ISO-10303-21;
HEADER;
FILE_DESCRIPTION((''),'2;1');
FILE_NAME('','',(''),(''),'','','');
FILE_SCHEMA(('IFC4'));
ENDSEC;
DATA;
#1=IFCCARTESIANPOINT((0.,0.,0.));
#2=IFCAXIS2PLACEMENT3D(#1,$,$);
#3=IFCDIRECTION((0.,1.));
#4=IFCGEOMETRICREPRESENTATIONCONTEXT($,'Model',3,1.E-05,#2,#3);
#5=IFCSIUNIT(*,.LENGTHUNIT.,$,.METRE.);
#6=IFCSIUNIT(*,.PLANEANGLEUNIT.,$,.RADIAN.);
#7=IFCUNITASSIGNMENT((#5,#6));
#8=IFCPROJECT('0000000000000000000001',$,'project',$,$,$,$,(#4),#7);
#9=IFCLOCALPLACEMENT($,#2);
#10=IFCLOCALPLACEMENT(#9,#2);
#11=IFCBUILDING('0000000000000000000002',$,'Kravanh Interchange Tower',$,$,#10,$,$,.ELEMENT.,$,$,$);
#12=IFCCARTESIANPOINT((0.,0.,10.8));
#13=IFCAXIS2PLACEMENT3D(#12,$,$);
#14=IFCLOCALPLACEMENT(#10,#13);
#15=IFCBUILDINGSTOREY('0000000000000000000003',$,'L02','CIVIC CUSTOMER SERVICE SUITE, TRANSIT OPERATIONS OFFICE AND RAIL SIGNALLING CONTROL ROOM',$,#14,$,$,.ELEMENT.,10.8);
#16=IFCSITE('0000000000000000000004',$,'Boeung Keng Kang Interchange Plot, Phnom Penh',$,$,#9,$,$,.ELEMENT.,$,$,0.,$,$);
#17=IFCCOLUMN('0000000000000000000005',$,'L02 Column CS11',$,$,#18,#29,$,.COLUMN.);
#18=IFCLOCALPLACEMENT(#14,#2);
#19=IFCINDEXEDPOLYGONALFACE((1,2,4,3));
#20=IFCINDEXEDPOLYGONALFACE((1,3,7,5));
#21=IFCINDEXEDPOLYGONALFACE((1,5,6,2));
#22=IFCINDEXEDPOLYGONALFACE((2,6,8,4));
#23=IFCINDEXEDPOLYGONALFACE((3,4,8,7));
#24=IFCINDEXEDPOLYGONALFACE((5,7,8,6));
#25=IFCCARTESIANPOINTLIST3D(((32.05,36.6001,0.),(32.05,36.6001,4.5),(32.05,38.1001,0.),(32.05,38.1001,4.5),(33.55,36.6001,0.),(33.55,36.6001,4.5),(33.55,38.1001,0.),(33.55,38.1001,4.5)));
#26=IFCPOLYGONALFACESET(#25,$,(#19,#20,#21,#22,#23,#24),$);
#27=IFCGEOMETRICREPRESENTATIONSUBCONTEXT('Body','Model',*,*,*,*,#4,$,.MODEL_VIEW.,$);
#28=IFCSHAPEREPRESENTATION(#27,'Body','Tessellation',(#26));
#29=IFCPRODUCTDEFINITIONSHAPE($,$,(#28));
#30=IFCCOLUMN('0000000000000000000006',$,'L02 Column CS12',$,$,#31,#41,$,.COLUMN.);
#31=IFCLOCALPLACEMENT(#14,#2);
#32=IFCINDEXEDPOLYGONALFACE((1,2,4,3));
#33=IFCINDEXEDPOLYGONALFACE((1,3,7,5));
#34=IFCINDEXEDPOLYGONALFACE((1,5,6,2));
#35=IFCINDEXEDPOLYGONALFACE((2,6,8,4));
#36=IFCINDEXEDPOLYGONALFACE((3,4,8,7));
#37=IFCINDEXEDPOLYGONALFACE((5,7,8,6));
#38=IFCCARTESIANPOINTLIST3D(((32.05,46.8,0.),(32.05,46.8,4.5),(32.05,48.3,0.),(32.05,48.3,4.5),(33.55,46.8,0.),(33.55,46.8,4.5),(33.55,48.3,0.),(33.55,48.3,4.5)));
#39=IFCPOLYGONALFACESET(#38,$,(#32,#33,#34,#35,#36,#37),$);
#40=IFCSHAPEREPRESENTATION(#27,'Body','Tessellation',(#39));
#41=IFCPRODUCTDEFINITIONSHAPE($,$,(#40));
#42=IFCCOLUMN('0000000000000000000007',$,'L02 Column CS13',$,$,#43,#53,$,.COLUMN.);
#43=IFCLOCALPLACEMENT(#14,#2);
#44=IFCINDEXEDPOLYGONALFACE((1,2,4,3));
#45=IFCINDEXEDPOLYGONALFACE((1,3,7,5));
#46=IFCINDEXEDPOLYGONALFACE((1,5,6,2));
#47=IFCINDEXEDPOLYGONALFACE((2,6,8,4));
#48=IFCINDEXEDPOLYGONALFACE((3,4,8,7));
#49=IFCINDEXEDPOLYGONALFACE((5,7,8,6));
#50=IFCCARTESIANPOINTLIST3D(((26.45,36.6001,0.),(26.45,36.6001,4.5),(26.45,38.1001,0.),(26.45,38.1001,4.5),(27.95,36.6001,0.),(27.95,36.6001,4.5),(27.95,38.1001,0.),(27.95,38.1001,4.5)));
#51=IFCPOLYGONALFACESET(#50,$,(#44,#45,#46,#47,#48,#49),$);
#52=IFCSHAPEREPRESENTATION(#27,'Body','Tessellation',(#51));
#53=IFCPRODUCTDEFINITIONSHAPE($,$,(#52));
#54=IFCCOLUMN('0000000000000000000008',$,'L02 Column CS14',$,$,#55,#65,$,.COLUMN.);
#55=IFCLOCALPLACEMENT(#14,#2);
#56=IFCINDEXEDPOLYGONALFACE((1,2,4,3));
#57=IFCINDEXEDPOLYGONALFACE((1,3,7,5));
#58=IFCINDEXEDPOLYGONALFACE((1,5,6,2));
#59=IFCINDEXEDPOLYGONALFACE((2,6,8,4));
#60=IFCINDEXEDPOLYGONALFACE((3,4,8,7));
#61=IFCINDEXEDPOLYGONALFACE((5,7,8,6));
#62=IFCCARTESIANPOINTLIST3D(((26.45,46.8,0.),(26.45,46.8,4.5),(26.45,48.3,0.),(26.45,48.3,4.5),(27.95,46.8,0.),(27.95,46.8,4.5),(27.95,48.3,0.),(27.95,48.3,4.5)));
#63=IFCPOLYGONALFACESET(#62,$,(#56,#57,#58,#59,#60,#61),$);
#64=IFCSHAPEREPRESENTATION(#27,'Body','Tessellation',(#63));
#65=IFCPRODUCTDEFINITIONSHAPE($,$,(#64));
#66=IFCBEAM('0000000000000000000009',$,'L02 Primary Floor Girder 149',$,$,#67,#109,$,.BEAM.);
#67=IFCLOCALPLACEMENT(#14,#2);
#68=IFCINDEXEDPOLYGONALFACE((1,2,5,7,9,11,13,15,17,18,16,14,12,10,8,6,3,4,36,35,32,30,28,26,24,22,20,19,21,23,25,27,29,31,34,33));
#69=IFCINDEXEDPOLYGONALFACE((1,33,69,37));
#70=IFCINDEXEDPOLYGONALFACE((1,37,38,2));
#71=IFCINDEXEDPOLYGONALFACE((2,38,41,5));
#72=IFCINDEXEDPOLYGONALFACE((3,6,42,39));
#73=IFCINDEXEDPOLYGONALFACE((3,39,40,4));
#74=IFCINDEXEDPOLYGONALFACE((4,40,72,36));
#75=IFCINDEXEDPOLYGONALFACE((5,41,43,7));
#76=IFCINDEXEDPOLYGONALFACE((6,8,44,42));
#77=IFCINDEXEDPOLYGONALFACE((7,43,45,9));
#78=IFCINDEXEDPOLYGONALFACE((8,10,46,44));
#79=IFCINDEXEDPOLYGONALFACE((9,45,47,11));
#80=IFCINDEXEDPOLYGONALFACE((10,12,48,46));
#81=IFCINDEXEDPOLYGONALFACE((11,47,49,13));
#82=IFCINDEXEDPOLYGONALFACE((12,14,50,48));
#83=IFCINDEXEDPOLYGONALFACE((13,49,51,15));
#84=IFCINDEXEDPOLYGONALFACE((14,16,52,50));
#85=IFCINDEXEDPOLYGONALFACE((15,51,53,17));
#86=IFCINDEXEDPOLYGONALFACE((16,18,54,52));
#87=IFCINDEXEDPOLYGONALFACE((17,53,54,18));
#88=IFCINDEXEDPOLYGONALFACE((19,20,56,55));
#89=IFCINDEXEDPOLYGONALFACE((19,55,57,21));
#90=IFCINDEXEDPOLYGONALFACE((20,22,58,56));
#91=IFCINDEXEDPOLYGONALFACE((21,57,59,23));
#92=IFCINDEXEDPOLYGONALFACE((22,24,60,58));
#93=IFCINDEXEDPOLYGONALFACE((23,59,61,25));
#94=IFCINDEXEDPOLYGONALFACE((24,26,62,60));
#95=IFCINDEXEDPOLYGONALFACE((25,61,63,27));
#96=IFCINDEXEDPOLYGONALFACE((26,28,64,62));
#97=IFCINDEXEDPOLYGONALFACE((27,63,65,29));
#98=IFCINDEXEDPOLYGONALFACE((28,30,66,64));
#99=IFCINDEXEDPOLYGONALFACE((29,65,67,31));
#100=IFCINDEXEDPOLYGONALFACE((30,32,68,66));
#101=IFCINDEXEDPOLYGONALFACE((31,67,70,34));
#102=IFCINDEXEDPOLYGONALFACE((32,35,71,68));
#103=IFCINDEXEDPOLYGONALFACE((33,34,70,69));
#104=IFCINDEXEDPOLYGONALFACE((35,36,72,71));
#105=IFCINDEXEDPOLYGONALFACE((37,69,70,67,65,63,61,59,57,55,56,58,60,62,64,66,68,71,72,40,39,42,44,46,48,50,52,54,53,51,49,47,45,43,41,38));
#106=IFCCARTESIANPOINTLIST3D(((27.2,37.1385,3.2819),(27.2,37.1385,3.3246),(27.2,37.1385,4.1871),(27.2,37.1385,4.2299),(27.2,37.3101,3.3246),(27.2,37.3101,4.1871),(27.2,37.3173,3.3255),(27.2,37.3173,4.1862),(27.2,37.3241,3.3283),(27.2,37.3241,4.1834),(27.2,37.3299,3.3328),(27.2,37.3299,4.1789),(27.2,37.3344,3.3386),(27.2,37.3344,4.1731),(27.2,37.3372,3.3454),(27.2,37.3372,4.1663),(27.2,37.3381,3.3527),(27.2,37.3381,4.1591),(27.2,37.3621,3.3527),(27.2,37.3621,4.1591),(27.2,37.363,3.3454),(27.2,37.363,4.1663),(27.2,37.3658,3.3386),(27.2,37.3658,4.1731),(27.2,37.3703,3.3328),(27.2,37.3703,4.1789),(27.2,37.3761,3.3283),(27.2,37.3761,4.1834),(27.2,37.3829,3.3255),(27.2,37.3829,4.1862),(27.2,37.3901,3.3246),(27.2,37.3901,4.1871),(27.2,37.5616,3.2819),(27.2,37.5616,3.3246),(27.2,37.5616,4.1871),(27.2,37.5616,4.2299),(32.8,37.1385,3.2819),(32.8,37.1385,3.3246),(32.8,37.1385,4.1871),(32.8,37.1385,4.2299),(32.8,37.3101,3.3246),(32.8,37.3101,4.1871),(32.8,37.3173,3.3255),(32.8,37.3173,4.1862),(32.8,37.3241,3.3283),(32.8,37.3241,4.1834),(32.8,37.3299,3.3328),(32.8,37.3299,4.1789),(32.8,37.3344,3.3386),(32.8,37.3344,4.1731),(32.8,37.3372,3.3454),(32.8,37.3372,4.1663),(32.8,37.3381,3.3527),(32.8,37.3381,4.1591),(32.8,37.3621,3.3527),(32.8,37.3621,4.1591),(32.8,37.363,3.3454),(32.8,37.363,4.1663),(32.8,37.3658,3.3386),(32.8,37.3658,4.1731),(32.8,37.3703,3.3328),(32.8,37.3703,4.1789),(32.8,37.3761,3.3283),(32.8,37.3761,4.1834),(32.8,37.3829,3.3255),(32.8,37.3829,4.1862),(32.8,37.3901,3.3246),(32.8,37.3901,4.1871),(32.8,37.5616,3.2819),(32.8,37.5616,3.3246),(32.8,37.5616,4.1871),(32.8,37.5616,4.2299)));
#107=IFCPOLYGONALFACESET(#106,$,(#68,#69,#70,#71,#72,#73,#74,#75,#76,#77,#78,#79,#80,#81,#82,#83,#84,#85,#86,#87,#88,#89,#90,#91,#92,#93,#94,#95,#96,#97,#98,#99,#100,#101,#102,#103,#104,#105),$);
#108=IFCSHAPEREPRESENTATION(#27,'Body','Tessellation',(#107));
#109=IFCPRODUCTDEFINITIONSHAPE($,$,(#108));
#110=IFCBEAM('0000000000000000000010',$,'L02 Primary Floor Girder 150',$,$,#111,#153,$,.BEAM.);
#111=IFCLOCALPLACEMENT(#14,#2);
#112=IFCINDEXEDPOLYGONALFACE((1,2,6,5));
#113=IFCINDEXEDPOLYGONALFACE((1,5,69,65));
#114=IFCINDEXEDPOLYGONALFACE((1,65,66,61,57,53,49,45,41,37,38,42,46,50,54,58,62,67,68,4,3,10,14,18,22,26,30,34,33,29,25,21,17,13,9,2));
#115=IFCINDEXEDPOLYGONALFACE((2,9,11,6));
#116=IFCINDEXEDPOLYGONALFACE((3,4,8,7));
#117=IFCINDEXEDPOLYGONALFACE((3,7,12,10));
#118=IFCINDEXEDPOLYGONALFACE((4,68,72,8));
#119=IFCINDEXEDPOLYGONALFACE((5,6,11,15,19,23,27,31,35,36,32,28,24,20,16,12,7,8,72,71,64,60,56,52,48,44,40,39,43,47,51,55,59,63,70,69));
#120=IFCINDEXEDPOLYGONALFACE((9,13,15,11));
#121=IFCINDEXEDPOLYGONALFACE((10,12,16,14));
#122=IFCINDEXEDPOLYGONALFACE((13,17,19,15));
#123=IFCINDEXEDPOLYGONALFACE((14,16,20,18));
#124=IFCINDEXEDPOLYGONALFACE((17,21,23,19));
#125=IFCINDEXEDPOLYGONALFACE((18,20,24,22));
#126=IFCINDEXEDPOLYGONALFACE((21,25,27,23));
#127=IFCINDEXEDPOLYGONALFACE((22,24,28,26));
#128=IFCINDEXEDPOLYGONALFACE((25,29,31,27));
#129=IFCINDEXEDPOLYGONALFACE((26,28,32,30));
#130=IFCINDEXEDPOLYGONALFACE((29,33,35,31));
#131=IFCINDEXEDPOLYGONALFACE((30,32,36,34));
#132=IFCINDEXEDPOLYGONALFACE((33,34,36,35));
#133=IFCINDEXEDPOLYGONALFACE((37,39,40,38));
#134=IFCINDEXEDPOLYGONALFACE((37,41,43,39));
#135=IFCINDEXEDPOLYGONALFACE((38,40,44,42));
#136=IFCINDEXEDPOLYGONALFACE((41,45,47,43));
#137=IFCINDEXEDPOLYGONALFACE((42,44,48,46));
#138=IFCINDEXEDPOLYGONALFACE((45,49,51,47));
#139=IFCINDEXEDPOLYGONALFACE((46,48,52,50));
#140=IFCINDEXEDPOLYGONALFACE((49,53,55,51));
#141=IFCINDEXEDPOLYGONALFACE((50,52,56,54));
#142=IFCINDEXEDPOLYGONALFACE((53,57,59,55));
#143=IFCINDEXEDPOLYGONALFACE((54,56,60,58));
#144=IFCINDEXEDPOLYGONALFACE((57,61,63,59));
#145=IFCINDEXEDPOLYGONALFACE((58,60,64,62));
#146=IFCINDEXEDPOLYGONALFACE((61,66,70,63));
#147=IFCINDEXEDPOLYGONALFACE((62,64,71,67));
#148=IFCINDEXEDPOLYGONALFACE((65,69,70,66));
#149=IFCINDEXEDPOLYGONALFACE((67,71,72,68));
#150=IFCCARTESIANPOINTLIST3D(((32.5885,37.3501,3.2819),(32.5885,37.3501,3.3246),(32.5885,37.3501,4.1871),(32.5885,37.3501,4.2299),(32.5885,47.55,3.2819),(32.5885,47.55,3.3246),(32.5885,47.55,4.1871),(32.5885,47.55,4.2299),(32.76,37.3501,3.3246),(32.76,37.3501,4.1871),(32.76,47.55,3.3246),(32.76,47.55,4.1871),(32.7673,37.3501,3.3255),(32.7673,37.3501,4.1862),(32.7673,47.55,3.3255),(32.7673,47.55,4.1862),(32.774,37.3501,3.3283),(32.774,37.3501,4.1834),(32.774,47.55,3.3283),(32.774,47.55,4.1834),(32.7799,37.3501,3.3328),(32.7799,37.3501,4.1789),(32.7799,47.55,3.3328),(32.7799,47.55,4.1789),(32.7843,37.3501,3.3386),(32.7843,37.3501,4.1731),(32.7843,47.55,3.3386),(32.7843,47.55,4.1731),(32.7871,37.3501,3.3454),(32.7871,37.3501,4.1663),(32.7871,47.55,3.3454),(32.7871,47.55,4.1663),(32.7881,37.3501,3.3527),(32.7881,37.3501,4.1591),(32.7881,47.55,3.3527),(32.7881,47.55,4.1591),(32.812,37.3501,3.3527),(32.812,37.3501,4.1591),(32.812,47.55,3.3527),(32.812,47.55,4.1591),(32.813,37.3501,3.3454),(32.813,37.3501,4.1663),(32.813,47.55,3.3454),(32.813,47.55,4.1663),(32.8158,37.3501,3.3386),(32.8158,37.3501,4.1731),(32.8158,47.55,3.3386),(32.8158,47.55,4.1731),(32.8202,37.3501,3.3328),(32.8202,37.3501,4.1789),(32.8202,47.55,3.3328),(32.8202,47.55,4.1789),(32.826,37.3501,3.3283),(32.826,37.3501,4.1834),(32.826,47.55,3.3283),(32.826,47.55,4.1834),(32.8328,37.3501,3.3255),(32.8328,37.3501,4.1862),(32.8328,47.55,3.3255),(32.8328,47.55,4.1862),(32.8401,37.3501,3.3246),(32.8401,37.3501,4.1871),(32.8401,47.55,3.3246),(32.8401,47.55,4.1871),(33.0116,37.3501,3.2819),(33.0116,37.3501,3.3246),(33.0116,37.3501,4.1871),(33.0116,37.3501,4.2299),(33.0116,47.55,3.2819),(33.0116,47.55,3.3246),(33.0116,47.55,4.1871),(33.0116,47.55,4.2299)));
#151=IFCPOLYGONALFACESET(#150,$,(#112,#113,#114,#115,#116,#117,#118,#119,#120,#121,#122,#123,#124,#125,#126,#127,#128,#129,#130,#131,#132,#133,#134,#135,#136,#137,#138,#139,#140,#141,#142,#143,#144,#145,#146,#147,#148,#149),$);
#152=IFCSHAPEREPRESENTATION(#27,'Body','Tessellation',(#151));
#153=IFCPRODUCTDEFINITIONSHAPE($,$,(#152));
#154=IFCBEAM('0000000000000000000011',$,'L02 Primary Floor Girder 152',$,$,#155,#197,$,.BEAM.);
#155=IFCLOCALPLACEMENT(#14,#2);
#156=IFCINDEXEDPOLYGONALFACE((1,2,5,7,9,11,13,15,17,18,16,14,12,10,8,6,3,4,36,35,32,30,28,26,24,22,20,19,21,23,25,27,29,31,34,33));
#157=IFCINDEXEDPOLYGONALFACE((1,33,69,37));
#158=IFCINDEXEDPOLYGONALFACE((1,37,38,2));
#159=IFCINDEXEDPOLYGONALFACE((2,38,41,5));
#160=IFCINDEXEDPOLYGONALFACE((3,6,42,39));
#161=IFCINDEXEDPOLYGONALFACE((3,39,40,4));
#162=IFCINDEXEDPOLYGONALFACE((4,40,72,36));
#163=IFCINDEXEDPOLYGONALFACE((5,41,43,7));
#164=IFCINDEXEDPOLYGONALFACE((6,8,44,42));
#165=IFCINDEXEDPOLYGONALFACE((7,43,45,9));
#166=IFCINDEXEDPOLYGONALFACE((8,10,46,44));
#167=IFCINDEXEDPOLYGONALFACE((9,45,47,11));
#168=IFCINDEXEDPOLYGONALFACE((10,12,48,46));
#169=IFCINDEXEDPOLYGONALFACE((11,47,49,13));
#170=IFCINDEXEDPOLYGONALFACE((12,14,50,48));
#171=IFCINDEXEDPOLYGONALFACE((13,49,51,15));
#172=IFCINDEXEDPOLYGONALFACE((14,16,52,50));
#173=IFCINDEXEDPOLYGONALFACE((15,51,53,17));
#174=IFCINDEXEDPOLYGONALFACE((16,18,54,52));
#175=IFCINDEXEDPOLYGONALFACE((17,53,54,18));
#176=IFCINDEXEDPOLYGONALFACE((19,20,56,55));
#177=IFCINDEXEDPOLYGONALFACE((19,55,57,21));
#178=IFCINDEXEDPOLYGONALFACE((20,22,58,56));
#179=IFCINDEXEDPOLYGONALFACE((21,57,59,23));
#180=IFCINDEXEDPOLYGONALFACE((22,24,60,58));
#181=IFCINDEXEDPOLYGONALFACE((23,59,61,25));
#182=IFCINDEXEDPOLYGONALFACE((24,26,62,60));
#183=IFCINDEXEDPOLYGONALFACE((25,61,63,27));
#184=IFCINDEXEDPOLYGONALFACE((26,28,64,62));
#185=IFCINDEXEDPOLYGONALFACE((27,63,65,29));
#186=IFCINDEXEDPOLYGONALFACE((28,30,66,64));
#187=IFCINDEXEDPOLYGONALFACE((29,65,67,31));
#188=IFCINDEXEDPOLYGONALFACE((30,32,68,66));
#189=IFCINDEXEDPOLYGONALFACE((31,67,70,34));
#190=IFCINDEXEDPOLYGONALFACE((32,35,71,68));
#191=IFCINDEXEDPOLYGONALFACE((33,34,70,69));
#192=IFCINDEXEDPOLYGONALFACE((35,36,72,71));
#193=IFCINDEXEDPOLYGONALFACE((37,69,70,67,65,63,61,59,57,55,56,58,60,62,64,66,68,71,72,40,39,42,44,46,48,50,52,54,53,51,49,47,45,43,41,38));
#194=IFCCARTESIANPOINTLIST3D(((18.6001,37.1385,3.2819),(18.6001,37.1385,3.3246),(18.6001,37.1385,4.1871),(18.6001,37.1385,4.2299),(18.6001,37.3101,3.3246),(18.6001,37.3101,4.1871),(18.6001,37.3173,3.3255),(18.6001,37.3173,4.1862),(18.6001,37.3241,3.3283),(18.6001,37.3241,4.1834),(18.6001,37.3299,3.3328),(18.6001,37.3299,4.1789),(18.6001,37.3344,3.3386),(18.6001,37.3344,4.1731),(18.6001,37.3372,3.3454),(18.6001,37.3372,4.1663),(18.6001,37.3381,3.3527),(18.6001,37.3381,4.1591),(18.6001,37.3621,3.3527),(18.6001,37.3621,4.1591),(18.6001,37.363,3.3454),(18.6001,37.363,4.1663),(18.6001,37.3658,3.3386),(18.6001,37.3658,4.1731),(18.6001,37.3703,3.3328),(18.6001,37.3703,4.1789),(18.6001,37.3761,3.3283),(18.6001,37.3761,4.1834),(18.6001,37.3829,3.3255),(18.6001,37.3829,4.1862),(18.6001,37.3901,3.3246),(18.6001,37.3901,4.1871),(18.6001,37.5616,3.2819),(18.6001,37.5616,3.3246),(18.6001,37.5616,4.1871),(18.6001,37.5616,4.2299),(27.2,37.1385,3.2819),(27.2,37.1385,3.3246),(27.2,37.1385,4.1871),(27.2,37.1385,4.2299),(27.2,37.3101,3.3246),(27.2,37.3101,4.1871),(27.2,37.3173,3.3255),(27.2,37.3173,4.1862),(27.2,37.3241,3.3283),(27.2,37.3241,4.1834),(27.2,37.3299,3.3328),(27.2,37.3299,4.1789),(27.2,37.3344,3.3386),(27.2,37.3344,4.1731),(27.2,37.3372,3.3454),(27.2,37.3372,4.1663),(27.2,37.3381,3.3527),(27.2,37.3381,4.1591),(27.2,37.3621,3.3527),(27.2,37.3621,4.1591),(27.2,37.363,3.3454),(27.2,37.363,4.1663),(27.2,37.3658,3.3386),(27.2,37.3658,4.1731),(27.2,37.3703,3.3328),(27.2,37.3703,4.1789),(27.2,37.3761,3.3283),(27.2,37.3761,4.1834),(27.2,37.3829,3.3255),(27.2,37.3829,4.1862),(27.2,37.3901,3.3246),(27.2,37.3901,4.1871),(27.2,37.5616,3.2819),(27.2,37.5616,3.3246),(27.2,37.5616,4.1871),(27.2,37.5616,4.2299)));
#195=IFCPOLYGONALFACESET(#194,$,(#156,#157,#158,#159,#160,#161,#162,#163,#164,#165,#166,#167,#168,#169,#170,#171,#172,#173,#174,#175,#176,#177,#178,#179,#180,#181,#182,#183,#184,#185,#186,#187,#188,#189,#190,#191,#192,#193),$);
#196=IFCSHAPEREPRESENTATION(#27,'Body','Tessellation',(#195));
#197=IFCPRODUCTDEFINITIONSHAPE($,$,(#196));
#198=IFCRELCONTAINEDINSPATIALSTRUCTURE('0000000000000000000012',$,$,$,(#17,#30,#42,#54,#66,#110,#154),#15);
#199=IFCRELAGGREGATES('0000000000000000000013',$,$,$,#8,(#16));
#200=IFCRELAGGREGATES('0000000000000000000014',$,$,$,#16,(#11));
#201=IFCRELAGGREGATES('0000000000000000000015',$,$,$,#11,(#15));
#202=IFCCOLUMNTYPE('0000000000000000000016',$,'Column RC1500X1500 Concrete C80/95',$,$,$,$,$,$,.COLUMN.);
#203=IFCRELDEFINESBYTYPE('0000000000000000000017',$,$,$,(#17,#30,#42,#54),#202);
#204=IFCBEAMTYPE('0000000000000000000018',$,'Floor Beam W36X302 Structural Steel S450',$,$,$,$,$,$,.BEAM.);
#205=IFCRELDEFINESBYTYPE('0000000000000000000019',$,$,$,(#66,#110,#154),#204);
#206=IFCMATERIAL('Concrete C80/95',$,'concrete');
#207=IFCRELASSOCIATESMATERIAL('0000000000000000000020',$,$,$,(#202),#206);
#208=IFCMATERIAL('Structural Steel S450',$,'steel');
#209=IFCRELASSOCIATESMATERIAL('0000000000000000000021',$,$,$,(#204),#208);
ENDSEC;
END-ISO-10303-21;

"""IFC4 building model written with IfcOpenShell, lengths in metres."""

from ifc_helpers import new_model, si_unit, direction, frame, origin, origin_2d, place, context, subcontext, project, spatial, rectangle, i_section, extrude, material, material_profile, profile_set, type_object, element, save


model = new_model("IFC4")

# Units and contexts
model_context = context("Model", 3, precision=1e-05, world=origin(), true_north=direction((0.0, 1.0)))
body_context = subcontext(model_context, "Body", "Model", "MODEL_VIEW")
ifc_project = project(units=[si_unit("LENGTHUNIT", "METRE"), si_unit("PLANEANGLEUNIT", "RADIAN")], contexts=[model_context])

# Site, building, storey
site_placement = place(None, origin())
site = spatial("IfcSite", under=ifc_project, at=site_placement, Name="Boeung Keng Kang Interchange Plot, Phnom Penh", CompositionType="ELEMENT", RefElevation=0.0)
building_placement = place(site_placement, origin())
building = spatial("IfcBuilding", under=site, at=building_placement, Name="Kravanh Interchange Tower", CompositionType="ELEMENT")
storey_placement = place(building_placement, frame((0.0, 0.0, 10.8)))
storey = spatial("IfcBuildingStorey", under=building, at=storey_placement, Name="L02", Description="CIVIC CUSTOMER SERVICE SUITE, TRANSIT OPERATIONS OFFICE AND RAIL SIGNALLING CONTROL ROOM", CompositionType="ELEMENT", Elevation=10.8)

# Columns
ifc_material_1 = material(Name="Concrete C80/95", Category="concrete")
ifc_material_profile_1 = material_profile(ifc_material_1, rectangle(XDim=1.5, YDim=1.5, at=origin_2d()), Name="RC1500X1500")
ifc_profile_set_1 = profile_set([ifc_material_profile_1], Name="Concrete C80/95")
column_type = type_object("IfcColumnType", Name="Column RC1500X1500 Concrete C80/95", PredefinedType="COLUMN", material=ifc_profile_set_1)
for number, where, z_axis, x_axis, name in (
    (1, (32.8, 37.3501, 0.0), (0.0, 0.0, 1.0), (1.0, 0.0, 0.0), "L02 Column CS11"),
    (2, (32.8, 47.55, 0.0), (0.0, 0.0, 1.0), (1.0, 0.0, 0.0), "L02 Column CS12"),
    (3, (27.2, 37.3501, 0.0), (0.0, 0.0, 1.0), (1.0, 0.0, 0.0), "L02 Column CS13"),
    (4, (27.2, 47.55, 0.0), (0.0, 0.0, 1.0), (1.0, 0.0, 0.0), "L02 Column CS14"),
):
    element("IfcColumn", number, at=place(storey_placement, frame(where, z_axis=z_axis, x_axis=x_axis)), inside=storey, type_object=column_type, Name=name, PredefinedType="COLUMN", context=body_context, shape_type="SweptSolid", body=[
        extrude(rectangle(XDim=1.5, YDim=1.5, at=origin_2d()), origin(), (0.0, 0.0, 1.0), 4.5),
    ])

# Beams
ifc_material_2 = material(Name="Structural Steel S450", Category="steel")
ifc_material_profile_2 = material_profile(ifc_material_2, i_section(OverallWidth=0.4231, OverallDepth=0.948, WebThickness=0.0239, FlangeThickness=0.0427, FilletRadius=0.0281, at=origin_2d()), Name="W36X302")
ifc_profile_set_2 = profile_set([ifc_material_profile_2], Name="Structural Steel S450")
beam_type = type_object("IfcBeamType", Name="Floor Beam W36X302 Structural Steel S450", PredefinedType="BEAM", material=ifc_profile_set_2)
beam_1_placement = place(storey_placement, frame((32.8, 37.3501, 3.7559), z_axis=(-1.0, 0.0, 0.0), x_axis=(0.0, -1.0, 0.0)))
element("IfcBeam", 5, at=beam_1_placement, inside=storey, type_object=beam_type, Name="L02 Primary Floor Girder 149", PredefinedType="BEAM", context=body_context, shape_type="SweptSolid", body=[
    extrude(i_section(OverallWidth=0.4231, OverallDepth=0.948, WebThickness=0.0239, FlangeThickness=0.0427, FilletRadius=0.0281, at=origin_2d()), origin(), (0.0, 0.0, 1.0), 5.6001),
])
beam_2_placement = place(storey_placement, frame((32.8, 37.3501, 3.7559), z_axis=(0.0, 1.0, 0.0), x_axis=(-1.0, 0.0, 0.0)))
element("IfcBeam", 6, at=beam_2_placement, inside=storey, type_object=beam_type, Name="L02 Primary Floor Girder 150", PredefinedType="BEAM", context=body_context, shape_type="SweptSolid", body=[
    extrude(i_section(OverallWidth=0.4231, OverallDepth=0.948, WebThickness=0.0239, FlangeThickness=0.0427, FilletRadius=0.0281, at=origin_2d()), origin(), (0.0, 0.0, 1.0), 10.2),
])
beam_3_placement = place(storey_placement, frame((27.2, 37.3501, 3.7559), z_axis=(-1.0, 0.0, 0.0), x_axis=(0.0, -1.0, 0.0)))
element("IfcBeam", 7, at=beam_3_placement, inside=storey, type_object=beam_type, Name="L02 Primary Floor Girder 152", PredefinedType="BEAM", context=body_context, shape_type="SweptSolid", body=[
    extrude(i_section(OverallWidth=0.4231, OverallDepth=0.948, WebThickness=0.0239, FlangeThickness=0.0427, FilletRadius=0.0281, at=origin_2d()), origin(), (0.0, 0.0, 1.0), 8.5999),
])

save(model, "model.ifc")
